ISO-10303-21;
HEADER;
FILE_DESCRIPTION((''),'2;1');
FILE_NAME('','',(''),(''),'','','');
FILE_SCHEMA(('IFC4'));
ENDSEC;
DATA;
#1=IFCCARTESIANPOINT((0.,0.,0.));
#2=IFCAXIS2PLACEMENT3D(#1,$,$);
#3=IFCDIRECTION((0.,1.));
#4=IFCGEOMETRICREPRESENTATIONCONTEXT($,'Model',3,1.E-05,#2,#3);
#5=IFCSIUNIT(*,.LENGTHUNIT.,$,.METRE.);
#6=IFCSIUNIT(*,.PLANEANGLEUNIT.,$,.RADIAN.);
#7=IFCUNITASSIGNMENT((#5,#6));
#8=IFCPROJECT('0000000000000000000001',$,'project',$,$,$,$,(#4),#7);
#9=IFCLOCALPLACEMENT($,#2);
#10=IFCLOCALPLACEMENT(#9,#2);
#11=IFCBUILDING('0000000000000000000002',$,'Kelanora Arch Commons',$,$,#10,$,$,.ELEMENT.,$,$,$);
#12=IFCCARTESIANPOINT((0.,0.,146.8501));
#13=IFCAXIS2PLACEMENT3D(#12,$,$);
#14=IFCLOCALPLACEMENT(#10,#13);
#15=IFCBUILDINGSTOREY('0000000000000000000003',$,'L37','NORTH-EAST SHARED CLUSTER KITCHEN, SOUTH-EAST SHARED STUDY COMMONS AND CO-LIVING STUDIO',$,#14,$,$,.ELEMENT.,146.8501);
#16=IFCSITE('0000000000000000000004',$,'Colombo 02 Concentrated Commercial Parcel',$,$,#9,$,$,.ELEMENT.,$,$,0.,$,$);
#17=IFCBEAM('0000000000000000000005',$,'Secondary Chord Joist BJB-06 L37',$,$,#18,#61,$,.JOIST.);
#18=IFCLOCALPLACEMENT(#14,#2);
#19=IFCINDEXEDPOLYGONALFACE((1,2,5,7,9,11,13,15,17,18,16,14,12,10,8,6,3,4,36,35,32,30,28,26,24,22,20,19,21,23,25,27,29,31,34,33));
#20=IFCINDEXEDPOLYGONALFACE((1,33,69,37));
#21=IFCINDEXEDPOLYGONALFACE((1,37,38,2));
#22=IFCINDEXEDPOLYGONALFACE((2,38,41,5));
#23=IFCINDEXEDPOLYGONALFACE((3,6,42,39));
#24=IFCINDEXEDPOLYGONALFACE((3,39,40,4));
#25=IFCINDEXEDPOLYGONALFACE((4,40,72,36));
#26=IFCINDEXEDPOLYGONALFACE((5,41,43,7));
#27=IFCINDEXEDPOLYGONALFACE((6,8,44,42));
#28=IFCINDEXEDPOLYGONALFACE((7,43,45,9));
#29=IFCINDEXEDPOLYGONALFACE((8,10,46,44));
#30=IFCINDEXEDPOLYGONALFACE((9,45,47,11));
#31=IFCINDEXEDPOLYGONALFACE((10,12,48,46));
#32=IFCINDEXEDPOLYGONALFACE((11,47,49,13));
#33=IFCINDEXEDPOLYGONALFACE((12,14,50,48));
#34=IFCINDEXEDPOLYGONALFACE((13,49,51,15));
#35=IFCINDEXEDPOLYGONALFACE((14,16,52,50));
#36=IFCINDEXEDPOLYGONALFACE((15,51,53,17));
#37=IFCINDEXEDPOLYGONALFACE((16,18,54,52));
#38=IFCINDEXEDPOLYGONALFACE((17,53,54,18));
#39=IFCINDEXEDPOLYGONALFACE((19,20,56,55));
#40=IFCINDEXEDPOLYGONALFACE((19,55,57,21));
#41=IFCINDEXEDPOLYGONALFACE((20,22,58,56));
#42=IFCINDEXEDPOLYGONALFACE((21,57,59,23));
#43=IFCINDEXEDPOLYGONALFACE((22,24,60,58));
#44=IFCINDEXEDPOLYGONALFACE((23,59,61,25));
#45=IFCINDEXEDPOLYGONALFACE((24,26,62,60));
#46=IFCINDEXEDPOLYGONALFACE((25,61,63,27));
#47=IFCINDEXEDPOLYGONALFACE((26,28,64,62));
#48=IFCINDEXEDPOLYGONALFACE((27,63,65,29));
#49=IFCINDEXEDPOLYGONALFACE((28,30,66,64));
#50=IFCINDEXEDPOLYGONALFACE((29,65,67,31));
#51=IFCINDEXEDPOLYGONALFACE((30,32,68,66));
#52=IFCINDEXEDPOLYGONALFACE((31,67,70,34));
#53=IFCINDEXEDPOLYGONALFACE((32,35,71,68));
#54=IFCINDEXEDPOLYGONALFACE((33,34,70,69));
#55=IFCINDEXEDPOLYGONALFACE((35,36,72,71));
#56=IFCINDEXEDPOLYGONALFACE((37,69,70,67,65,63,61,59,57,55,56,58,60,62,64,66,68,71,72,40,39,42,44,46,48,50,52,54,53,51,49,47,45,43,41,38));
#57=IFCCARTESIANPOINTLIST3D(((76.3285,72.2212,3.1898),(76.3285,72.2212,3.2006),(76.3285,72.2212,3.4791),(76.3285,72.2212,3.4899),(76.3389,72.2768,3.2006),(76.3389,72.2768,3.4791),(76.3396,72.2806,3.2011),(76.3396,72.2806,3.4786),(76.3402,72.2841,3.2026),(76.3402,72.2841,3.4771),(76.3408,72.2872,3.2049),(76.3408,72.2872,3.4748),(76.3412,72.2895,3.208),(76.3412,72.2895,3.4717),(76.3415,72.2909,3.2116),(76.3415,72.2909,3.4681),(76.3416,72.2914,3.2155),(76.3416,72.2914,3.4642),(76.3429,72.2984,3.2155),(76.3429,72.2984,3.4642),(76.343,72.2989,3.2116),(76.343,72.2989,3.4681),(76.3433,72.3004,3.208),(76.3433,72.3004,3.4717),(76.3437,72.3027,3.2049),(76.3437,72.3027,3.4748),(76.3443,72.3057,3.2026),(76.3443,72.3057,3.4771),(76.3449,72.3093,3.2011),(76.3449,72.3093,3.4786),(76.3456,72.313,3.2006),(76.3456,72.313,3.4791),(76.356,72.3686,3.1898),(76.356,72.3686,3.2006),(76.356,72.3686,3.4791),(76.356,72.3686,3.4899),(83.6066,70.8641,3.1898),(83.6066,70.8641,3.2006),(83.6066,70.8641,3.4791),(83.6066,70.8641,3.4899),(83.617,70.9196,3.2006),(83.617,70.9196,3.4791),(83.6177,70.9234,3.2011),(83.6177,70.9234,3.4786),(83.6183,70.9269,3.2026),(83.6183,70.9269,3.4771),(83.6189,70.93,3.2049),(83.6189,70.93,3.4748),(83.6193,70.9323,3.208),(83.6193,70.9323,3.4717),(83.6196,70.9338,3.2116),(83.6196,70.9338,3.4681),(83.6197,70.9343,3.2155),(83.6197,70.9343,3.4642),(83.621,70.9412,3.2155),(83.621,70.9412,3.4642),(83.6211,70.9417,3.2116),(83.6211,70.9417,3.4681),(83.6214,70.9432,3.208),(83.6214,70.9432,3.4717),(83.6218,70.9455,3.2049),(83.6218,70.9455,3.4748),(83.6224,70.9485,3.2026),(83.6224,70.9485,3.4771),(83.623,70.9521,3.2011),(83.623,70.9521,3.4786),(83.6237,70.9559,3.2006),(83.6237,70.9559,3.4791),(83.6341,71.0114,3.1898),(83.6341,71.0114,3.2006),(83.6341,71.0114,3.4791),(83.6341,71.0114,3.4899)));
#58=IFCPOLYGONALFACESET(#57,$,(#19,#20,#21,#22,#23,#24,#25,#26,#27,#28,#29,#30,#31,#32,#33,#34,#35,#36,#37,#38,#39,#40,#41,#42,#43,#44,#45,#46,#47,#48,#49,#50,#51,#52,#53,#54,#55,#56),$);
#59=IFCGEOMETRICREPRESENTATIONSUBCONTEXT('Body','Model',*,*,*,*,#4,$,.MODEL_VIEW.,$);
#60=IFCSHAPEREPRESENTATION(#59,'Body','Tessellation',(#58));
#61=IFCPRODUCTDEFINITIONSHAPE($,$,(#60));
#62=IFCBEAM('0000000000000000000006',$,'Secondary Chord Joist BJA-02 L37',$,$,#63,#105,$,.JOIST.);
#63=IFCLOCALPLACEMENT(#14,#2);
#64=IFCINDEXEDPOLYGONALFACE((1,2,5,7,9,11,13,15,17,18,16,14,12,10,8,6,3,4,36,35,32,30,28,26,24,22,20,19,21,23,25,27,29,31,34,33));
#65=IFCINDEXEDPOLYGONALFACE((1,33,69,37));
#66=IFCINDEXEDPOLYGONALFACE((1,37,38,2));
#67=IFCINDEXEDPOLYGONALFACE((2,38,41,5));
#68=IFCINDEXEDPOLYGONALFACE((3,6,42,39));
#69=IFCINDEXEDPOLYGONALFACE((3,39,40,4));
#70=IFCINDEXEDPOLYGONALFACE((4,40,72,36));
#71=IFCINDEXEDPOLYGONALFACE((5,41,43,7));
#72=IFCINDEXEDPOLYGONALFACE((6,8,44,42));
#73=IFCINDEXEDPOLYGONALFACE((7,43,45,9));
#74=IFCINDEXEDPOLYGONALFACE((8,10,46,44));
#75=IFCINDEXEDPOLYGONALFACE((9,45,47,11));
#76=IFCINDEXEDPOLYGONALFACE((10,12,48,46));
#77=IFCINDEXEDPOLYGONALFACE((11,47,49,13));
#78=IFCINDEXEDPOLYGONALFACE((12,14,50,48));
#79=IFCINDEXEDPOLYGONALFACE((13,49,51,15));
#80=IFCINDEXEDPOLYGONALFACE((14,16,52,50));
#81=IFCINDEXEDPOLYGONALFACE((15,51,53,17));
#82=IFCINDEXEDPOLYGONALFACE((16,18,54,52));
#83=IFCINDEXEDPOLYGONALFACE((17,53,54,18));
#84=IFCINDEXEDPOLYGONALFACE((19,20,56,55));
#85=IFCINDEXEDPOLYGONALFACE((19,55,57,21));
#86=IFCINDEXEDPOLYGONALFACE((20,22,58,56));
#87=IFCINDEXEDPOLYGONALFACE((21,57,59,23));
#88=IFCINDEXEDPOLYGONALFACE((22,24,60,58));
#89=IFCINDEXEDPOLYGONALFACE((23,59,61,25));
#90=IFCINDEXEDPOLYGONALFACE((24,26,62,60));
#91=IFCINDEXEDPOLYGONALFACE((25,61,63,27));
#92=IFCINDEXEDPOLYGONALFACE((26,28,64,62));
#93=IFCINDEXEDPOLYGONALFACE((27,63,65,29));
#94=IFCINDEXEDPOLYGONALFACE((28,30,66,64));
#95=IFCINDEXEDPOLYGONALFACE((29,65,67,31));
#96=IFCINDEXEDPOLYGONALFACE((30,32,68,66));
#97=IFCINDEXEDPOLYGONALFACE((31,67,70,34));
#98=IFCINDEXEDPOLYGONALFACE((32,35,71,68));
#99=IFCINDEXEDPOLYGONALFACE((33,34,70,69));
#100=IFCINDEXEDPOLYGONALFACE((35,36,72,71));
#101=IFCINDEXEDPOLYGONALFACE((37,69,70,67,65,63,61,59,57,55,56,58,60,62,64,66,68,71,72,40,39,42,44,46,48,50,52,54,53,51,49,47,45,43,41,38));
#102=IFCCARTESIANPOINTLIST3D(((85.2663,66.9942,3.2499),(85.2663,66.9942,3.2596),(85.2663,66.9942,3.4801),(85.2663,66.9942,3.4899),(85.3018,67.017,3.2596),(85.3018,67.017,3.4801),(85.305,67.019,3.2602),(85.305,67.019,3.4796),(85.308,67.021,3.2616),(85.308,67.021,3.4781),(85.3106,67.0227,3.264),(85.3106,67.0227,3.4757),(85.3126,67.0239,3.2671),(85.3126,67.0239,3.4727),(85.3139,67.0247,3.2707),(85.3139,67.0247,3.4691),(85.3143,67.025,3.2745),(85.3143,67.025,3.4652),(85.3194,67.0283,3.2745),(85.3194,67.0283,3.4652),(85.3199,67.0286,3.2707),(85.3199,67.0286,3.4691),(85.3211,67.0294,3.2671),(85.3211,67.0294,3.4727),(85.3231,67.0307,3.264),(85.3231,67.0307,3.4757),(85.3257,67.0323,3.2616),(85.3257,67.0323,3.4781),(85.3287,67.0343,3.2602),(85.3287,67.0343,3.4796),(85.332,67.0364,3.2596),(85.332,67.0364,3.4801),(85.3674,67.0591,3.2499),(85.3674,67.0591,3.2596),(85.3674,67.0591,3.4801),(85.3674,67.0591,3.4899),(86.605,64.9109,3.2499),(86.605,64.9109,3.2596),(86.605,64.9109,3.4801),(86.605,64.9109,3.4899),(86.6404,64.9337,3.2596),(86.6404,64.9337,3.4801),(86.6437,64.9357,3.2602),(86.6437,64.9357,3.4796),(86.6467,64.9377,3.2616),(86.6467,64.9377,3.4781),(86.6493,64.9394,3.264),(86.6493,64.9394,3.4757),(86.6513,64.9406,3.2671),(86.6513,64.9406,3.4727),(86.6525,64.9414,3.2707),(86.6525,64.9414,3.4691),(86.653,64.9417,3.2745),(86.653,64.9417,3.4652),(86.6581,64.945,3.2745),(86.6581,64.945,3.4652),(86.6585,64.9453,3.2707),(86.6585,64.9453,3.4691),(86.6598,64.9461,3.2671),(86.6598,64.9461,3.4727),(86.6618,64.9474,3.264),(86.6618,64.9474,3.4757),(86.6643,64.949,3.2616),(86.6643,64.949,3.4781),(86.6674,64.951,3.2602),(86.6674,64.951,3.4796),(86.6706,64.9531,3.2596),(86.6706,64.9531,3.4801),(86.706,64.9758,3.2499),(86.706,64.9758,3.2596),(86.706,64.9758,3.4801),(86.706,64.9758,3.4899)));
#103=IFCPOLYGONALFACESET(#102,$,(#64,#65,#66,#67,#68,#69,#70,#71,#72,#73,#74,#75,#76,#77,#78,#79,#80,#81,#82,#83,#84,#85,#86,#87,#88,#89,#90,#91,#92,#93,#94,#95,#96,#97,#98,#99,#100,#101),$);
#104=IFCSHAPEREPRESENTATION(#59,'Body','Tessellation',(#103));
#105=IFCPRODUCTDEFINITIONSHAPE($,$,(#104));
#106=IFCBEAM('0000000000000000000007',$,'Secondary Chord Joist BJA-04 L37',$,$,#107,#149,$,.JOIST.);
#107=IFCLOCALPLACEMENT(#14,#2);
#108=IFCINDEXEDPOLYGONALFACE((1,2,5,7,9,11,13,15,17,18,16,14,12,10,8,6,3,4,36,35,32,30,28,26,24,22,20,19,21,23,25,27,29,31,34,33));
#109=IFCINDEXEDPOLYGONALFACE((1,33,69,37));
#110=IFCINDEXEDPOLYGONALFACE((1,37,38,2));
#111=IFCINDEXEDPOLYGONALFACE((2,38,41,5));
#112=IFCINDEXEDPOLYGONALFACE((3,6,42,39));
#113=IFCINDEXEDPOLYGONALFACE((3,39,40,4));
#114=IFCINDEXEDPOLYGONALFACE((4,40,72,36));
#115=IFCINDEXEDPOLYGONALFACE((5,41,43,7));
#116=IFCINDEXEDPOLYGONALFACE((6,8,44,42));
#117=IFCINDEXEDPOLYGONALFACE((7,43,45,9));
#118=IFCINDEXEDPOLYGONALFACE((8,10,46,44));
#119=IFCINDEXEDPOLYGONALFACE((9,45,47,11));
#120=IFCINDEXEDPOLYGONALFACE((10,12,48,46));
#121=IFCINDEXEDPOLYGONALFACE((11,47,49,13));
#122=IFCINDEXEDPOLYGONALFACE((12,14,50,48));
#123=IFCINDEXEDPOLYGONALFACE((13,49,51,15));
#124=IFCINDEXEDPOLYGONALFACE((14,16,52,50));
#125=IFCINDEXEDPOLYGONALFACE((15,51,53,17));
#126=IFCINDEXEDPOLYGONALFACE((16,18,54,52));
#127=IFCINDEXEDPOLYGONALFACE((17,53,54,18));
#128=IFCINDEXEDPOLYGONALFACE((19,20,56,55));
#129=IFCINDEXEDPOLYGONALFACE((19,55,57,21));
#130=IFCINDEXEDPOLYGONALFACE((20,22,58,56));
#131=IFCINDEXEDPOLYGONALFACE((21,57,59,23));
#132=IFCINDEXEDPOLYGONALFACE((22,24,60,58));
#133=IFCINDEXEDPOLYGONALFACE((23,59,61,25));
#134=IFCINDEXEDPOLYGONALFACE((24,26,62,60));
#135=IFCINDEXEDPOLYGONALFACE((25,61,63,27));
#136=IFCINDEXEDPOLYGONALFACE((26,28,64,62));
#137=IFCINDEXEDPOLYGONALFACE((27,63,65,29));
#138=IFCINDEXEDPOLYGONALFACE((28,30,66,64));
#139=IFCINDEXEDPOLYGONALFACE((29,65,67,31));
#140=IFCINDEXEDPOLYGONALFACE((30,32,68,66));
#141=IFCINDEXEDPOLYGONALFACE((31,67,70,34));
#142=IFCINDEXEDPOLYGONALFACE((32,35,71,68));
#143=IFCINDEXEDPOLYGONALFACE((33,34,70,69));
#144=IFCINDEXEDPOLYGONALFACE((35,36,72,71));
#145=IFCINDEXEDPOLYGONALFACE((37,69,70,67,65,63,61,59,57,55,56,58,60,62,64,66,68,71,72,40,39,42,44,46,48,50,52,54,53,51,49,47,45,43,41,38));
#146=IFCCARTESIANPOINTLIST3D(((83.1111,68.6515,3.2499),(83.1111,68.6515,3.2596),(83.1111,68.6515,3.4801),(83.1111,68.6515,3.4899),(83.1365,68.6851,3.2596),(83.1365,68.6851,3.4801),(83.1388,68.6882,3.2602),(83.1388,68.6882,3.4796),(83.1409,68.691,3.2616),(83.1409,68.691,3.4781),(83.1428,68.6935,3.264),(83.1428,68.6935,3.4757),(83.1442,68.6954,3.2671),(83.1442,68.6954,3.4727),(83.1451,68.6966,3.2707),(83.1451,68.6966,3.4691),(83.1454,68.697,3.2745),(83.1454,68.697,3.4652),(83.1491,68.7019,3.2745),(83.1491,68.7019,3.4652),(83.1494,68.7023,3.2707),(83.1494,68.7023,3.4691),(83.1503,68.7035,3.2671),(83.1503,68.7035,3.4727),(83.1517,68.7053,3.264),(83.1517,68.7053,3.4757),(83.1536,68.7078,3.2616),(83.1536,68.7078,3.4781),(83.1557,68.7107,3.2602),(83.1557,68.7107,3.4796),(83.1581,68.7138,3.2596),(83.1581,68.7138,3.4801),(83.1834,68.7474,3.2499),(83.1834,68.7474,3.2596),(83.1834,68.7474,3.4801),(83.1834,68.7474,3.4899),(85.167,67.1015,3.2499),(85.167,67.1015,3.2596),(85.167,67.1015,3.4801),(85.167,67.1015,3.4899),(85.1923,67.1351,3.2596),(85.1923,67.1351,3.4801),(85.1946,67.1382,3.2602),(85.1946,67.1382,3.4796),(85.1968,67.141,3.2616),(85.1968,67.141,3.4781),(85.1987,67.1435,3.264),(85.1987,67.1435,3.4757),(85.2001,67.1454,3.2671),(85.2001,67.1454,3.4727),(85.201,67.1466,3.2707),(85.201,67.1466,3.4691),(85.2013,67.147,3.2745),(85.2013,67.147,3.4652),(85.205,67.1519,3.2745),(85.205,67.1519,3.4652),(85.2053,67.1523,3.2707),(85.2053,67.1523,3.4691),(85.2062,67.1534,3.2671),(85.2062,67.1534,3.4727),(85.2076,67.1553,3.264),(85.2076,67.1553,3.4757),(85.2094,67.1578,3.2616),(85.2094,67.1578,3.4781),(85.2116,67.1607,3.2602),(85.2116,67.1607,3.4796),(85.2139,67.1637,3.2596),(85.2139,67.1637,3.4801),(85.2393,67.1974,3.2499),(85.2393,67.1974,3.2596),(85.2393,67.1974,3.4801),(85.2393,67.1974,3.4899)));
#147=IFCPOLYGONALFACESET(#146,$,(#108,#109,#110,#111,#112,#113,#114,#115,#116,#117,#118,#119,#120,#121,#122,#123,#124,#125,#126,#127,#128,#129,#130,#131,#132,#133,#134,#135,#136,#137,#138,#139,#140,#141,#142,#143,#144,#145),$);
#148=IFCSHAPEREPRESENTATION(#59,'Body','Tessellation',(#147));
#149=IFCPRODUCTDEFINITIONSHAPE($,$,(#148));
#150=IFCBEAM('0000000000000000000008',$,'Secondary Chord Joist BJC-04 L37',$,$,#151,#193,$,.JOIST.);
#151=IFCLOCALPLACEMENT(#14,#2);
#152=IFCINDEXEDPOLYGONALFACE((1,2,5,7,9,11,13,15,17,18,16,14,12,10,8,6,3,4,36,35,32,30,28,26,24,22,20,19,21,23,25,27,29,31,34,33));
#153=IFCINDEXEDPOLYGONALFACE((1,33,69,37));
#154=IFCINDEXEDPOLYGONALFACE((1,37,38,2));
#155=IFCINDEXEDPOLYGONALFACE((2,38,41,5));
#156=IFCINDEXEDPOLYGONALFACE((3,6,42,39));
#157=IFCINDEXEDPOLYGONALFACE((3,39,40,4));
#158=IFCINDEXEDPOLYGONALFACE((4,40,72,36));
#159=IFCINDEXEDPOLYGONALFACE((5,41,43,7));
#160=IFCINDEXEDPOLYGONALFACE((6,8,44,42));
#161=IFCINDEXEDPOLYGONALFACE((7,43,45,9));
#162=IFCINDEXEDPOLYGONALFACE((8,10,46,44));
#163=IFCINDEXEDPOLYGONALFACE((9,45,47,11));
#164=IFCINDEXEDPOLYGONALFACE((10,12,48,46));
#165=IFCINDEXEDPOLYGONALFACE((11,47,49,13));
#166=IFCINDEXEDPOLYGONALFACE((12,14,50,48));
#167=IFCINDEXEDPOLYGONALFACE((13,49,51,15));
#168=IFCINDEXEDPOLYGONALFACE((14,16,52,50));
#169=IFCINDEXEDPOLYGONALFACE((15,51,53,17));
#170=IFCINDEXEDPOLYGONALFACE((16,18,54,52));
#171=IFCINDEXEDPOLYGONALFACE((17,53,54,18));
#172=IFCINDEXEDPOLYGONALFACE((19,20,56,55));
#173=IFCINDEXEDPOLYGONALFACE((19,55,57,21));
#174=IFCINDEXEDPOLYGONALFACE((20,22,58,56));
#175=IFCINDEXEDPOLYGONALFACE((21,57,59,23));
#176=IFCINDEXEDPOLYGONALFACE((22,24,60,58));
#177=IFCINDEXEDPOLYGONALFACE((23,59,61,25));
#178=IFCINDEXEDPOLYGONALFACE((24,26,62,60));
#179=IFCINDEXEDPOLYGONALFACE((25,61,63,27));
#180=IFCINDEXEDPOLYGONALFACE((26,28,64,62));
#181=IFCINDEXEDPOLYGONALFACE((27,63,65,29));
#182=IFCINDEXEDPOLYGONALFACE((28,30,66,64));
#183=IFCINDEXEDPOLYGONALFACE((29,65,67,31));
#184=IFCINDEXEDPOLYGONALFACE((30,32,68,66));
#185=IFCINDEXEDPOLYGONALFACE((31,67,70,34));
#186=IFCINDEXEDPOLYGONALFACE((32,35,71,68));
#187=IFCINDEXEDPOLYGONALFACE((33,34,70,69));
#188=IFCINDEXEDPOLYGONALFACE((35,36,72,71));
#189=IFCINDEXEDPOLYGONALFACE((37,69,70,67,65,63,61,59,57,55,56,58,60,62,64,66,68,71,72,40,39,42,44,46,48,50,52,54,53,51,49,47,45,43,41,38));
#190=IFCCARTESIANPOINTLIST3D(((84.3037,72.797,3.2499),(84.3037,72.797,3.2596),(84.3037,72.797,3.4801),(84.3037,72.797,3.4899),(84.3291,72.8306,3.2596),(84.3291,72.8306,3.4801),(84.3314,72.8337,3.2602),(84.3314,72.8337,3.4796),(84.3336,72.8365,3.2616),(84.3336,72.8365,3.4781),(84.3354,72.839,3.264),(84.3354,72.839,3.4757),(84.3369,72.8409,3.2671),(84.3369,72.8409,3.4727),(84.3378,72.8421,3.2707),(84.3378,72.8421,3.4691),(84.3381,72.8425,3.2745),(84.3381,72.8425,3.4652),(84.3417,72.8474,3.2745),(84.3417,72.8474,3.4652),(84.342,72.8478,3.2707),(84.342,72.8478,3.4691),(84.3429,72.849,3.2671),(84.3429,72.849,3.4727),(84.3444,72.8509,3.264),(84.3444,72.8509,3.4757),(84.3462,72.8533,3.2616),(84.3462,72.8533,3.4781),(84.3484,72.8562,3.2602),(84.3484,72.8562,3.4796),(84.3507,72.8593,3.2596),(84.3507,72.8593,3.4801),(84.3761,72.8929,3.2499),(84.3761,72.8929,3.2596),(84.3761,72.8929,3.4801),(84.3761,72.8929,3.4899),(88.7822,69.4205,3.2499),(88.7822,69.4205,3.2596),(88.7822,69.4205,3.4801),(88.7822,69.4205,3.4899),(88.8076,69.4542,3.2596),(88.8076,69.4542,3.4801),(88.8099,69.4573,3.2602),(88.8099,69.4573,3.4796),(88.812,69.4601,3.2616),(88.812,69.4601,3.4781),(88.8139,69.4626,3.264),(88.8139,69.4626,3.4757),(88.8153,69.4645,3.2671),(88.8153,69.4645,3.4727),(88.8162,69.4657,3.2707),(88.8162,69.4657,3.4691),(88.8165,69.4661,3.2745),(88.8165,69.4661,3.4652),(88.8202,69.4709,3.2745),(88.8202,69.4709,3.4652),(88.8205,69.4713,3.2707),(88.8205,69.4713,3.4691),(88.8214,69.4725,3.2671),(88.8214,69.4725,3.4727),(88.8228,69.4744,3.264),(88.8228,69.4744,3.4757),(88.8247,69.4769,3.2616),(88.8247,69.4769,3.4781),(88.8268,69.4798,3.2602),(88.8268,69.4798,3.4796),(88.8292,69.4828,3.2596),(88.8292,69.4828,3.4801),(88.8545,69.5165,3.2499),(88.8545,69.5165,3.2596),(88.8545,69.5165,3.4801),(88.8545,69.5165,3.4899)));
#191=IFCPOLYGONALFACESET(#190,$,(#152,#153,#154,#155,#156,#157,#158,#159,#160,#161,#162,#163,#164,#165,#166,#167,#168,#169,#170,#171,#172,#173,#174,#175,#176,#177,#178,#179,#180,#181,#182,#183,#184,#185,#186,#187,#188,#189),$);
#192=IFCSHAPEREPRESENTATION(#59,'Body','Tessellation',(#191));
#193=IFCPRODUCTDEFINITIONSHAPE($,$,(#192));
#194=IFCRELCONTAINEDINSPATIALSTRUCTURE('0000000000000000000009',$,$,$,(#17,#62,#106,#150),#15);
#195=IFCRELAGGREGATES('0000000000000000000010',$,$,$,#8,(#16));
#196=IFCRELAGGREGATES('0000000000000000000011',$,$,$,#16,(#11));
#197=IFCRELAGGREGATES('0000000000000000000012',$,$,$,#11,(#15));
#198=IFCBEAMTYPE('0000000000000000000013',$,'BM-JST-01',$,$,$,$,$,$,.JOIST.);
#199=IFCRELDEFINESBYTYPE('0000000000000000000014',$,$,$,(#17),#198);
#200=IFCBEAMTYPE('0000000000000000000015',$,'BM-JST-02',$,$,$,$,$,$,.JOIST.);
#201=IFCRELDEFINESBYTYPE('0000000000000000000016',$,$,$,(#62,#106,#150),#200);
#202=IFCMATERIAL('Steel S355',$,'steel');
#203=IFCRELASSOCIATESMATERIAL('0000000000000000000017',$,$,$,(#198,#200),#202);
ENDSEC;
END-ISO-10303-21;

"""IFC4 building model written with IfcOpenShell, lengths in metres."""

from ifc_helpers import new_model, si_unit, direction, frame, origin, origin_2d, place, context, subcontext, project, spatial, i_section, extrude, material, material_profile, profile_set, type_object, element, save


model = new_model("IFC4")

# Units and contexts
model_context = context("Model", 3, precision=1e-05, world=origin(), true_north=direction((0.0, 1.0)))
body_context = subcontext(model_context, "Body", "Model", "MODEL_VIEW")
ifc_project = project(units=[si_unit("LENGTHUNIT", "METRE"), si_unit("PLANEANGLEUNIT", "RADIAN")], contexts=[model_context])

# Site, building, storey
site_placement = place(None, origin())
site = spatial("IfcSite", under=ifc_project, at=site_placement, Name="Colombo 02 Concentrated Commercial Parcel", CompositionType="ELEMENT", RefElevation=0.0)
building_placement = place(site_placement, origin())
building = spatial("IfcBuilding", under=site, at=building_placement, Name="Kelanora Arch Commons", CompositionType="ELEMENT")
storey_placement = place(building_placement, frame((0.0, 0.0, 146.8501)))
storey = spatial("IfcBuildingStorey", under=building, at=storey_placement, Name="L37", Description="NORTH-EAST SHARED CLUSTER KITCHEN, SOUTH-EAST SHARED STUDY COMMONS AND CO-LIVING STUDIO", CompositionType="ELEMENT", Elevation=146.8501)

# Beams
ifc_material_1 = material(Name="Steel S355", Category="steel")
ifc_material_profile_1 = material_profile(ifc_material_1, i_section(OverallWidth=0.1499, OverallDepth=0.3, WebThickness=0.0071, FlangeThickness=0.0107, FilletRadius=0.0149, at=origin_2d()), Name="IPE300")
ifc_profile_set_1 = profile_set([ifc_material_profile_1], Name="Steel S355")
beam_type_1 = type_object("IfcBeamType", Name="BM-JST-01", PredefinedType="JOIST", material=ifc_profile_set_1)
beam_1_placement = place(storey_placement, frame((83.6204, 70.9377, 3.3398), z_axis=(-0.983054, 0.183315, 0.0), x_axis=(-0.183315, -0.983054, 0.0)))
element("IfcBeam", 1, at=beam_1_placement, inside=storey, type_object=beam_type_1, Name="Secondary Chord Joist BJB-06 L37", PredefinedType="JOIST", context=body_context, shape_type="SweptSolid", body=[
    extrude(i_section(OverallWidth=0.1499, OverallDepth=0.3, WebThickness=0.0071, FlangeThickness=0.0107, FilletRadius=0.0149, at=origin_2d()), origin(), (0.0, 0.0, 1.0), 7.4036),
])
ifc_material_profile_2 = material_profile(ifc_material_1, i_section(OverallWidth=0.1201, OverallDepth=0.24, WebThickness=0.0061, FlangeThickness=0.0098, FilletRadius=0.0149, at=origin_2d()), Name="IPE240")
ifc_profile_set_2 = profile_set([ifc_material_profile_2], Name="Steel S355")
beam_type_2 = type_object("IfcBeamType", Name="BM-JST-02", PredefinedType="JOIST", material=ifc_profile_set_2)
beam_2_placement = place(storey_placement, frame((86.6555, 64.9434, 3.3699), z_axis=(-0.540583, 0.841291, 0.0), x_axis=(-0.841291, -0.540583, 0.0)))
element("IfcBeam", 2, at=beam_2_placement, inside=storey, type_object=beam_type_2, Name="Secondary Chord Joist BJA-02 L37", PredefinedType="JOIST", context=body_context, shape_type="SweptSolid", body=[
    extrude(i_section(OverallWidth=0.1201, OverallDepth=0.24, WebThickness=0.0061, FlangeThickness=0.0098, FilletRadius=0.0149, at=origin_2d()), origin(), (0.0, 0.0, 1.0), 2.4763),
])
beam_3_placement = place(storey_placement, frame((85.2031, 67.1494, 3.3699), z_axis=(-0.798484, 0.602016, 0.0), x_axis=(-0.602016, -0.798484, 0.0)))
element("IfcBeam", 3, at=beam_3_placement, inside=storey, type_object=beam_type_2, Name="Secondary Chord Joist BJA-04 L37", PredefinedType="JOIST", context=body_context, shape_type="SweptSolid", body=[
    extrude(i_section(OverallWidth=0.1201, OverallDepth=0.24, WebThickness=0.0061, FlangeThickness=0.0098, FilletRadius=0.0149, at=origin_2d()), origin(), (0.0, 0.0, 1.0), 2.5747),
])
beam_4_placement = place(storey_placement, frame((88.8184, 69.4685, 3.3699), z_axis=(-0.798493, 0.602004, 0.0), x_axis=(-0.602004, -0.798493, 0.0)))
element("IfcBeam", 4, at=beam_4_placement, inside=storey, type_object=beam_type_2, Name="Secondary Chord Joist BJC-04 L37", PredefinedType="JOIST", context=body_context, shape_type="SweptSolid", body=[
    extrude(i_section(OverallWidth=0.1201, OverallDepth=0.24, WebThickness=0.0061, FlangeThickness=0.0098, FilletRadius=0.0149, at=origin_2d()), origin(), (0.0, 0.0, 1.0), 5.6086),
])

save(model, "model.ifc")
